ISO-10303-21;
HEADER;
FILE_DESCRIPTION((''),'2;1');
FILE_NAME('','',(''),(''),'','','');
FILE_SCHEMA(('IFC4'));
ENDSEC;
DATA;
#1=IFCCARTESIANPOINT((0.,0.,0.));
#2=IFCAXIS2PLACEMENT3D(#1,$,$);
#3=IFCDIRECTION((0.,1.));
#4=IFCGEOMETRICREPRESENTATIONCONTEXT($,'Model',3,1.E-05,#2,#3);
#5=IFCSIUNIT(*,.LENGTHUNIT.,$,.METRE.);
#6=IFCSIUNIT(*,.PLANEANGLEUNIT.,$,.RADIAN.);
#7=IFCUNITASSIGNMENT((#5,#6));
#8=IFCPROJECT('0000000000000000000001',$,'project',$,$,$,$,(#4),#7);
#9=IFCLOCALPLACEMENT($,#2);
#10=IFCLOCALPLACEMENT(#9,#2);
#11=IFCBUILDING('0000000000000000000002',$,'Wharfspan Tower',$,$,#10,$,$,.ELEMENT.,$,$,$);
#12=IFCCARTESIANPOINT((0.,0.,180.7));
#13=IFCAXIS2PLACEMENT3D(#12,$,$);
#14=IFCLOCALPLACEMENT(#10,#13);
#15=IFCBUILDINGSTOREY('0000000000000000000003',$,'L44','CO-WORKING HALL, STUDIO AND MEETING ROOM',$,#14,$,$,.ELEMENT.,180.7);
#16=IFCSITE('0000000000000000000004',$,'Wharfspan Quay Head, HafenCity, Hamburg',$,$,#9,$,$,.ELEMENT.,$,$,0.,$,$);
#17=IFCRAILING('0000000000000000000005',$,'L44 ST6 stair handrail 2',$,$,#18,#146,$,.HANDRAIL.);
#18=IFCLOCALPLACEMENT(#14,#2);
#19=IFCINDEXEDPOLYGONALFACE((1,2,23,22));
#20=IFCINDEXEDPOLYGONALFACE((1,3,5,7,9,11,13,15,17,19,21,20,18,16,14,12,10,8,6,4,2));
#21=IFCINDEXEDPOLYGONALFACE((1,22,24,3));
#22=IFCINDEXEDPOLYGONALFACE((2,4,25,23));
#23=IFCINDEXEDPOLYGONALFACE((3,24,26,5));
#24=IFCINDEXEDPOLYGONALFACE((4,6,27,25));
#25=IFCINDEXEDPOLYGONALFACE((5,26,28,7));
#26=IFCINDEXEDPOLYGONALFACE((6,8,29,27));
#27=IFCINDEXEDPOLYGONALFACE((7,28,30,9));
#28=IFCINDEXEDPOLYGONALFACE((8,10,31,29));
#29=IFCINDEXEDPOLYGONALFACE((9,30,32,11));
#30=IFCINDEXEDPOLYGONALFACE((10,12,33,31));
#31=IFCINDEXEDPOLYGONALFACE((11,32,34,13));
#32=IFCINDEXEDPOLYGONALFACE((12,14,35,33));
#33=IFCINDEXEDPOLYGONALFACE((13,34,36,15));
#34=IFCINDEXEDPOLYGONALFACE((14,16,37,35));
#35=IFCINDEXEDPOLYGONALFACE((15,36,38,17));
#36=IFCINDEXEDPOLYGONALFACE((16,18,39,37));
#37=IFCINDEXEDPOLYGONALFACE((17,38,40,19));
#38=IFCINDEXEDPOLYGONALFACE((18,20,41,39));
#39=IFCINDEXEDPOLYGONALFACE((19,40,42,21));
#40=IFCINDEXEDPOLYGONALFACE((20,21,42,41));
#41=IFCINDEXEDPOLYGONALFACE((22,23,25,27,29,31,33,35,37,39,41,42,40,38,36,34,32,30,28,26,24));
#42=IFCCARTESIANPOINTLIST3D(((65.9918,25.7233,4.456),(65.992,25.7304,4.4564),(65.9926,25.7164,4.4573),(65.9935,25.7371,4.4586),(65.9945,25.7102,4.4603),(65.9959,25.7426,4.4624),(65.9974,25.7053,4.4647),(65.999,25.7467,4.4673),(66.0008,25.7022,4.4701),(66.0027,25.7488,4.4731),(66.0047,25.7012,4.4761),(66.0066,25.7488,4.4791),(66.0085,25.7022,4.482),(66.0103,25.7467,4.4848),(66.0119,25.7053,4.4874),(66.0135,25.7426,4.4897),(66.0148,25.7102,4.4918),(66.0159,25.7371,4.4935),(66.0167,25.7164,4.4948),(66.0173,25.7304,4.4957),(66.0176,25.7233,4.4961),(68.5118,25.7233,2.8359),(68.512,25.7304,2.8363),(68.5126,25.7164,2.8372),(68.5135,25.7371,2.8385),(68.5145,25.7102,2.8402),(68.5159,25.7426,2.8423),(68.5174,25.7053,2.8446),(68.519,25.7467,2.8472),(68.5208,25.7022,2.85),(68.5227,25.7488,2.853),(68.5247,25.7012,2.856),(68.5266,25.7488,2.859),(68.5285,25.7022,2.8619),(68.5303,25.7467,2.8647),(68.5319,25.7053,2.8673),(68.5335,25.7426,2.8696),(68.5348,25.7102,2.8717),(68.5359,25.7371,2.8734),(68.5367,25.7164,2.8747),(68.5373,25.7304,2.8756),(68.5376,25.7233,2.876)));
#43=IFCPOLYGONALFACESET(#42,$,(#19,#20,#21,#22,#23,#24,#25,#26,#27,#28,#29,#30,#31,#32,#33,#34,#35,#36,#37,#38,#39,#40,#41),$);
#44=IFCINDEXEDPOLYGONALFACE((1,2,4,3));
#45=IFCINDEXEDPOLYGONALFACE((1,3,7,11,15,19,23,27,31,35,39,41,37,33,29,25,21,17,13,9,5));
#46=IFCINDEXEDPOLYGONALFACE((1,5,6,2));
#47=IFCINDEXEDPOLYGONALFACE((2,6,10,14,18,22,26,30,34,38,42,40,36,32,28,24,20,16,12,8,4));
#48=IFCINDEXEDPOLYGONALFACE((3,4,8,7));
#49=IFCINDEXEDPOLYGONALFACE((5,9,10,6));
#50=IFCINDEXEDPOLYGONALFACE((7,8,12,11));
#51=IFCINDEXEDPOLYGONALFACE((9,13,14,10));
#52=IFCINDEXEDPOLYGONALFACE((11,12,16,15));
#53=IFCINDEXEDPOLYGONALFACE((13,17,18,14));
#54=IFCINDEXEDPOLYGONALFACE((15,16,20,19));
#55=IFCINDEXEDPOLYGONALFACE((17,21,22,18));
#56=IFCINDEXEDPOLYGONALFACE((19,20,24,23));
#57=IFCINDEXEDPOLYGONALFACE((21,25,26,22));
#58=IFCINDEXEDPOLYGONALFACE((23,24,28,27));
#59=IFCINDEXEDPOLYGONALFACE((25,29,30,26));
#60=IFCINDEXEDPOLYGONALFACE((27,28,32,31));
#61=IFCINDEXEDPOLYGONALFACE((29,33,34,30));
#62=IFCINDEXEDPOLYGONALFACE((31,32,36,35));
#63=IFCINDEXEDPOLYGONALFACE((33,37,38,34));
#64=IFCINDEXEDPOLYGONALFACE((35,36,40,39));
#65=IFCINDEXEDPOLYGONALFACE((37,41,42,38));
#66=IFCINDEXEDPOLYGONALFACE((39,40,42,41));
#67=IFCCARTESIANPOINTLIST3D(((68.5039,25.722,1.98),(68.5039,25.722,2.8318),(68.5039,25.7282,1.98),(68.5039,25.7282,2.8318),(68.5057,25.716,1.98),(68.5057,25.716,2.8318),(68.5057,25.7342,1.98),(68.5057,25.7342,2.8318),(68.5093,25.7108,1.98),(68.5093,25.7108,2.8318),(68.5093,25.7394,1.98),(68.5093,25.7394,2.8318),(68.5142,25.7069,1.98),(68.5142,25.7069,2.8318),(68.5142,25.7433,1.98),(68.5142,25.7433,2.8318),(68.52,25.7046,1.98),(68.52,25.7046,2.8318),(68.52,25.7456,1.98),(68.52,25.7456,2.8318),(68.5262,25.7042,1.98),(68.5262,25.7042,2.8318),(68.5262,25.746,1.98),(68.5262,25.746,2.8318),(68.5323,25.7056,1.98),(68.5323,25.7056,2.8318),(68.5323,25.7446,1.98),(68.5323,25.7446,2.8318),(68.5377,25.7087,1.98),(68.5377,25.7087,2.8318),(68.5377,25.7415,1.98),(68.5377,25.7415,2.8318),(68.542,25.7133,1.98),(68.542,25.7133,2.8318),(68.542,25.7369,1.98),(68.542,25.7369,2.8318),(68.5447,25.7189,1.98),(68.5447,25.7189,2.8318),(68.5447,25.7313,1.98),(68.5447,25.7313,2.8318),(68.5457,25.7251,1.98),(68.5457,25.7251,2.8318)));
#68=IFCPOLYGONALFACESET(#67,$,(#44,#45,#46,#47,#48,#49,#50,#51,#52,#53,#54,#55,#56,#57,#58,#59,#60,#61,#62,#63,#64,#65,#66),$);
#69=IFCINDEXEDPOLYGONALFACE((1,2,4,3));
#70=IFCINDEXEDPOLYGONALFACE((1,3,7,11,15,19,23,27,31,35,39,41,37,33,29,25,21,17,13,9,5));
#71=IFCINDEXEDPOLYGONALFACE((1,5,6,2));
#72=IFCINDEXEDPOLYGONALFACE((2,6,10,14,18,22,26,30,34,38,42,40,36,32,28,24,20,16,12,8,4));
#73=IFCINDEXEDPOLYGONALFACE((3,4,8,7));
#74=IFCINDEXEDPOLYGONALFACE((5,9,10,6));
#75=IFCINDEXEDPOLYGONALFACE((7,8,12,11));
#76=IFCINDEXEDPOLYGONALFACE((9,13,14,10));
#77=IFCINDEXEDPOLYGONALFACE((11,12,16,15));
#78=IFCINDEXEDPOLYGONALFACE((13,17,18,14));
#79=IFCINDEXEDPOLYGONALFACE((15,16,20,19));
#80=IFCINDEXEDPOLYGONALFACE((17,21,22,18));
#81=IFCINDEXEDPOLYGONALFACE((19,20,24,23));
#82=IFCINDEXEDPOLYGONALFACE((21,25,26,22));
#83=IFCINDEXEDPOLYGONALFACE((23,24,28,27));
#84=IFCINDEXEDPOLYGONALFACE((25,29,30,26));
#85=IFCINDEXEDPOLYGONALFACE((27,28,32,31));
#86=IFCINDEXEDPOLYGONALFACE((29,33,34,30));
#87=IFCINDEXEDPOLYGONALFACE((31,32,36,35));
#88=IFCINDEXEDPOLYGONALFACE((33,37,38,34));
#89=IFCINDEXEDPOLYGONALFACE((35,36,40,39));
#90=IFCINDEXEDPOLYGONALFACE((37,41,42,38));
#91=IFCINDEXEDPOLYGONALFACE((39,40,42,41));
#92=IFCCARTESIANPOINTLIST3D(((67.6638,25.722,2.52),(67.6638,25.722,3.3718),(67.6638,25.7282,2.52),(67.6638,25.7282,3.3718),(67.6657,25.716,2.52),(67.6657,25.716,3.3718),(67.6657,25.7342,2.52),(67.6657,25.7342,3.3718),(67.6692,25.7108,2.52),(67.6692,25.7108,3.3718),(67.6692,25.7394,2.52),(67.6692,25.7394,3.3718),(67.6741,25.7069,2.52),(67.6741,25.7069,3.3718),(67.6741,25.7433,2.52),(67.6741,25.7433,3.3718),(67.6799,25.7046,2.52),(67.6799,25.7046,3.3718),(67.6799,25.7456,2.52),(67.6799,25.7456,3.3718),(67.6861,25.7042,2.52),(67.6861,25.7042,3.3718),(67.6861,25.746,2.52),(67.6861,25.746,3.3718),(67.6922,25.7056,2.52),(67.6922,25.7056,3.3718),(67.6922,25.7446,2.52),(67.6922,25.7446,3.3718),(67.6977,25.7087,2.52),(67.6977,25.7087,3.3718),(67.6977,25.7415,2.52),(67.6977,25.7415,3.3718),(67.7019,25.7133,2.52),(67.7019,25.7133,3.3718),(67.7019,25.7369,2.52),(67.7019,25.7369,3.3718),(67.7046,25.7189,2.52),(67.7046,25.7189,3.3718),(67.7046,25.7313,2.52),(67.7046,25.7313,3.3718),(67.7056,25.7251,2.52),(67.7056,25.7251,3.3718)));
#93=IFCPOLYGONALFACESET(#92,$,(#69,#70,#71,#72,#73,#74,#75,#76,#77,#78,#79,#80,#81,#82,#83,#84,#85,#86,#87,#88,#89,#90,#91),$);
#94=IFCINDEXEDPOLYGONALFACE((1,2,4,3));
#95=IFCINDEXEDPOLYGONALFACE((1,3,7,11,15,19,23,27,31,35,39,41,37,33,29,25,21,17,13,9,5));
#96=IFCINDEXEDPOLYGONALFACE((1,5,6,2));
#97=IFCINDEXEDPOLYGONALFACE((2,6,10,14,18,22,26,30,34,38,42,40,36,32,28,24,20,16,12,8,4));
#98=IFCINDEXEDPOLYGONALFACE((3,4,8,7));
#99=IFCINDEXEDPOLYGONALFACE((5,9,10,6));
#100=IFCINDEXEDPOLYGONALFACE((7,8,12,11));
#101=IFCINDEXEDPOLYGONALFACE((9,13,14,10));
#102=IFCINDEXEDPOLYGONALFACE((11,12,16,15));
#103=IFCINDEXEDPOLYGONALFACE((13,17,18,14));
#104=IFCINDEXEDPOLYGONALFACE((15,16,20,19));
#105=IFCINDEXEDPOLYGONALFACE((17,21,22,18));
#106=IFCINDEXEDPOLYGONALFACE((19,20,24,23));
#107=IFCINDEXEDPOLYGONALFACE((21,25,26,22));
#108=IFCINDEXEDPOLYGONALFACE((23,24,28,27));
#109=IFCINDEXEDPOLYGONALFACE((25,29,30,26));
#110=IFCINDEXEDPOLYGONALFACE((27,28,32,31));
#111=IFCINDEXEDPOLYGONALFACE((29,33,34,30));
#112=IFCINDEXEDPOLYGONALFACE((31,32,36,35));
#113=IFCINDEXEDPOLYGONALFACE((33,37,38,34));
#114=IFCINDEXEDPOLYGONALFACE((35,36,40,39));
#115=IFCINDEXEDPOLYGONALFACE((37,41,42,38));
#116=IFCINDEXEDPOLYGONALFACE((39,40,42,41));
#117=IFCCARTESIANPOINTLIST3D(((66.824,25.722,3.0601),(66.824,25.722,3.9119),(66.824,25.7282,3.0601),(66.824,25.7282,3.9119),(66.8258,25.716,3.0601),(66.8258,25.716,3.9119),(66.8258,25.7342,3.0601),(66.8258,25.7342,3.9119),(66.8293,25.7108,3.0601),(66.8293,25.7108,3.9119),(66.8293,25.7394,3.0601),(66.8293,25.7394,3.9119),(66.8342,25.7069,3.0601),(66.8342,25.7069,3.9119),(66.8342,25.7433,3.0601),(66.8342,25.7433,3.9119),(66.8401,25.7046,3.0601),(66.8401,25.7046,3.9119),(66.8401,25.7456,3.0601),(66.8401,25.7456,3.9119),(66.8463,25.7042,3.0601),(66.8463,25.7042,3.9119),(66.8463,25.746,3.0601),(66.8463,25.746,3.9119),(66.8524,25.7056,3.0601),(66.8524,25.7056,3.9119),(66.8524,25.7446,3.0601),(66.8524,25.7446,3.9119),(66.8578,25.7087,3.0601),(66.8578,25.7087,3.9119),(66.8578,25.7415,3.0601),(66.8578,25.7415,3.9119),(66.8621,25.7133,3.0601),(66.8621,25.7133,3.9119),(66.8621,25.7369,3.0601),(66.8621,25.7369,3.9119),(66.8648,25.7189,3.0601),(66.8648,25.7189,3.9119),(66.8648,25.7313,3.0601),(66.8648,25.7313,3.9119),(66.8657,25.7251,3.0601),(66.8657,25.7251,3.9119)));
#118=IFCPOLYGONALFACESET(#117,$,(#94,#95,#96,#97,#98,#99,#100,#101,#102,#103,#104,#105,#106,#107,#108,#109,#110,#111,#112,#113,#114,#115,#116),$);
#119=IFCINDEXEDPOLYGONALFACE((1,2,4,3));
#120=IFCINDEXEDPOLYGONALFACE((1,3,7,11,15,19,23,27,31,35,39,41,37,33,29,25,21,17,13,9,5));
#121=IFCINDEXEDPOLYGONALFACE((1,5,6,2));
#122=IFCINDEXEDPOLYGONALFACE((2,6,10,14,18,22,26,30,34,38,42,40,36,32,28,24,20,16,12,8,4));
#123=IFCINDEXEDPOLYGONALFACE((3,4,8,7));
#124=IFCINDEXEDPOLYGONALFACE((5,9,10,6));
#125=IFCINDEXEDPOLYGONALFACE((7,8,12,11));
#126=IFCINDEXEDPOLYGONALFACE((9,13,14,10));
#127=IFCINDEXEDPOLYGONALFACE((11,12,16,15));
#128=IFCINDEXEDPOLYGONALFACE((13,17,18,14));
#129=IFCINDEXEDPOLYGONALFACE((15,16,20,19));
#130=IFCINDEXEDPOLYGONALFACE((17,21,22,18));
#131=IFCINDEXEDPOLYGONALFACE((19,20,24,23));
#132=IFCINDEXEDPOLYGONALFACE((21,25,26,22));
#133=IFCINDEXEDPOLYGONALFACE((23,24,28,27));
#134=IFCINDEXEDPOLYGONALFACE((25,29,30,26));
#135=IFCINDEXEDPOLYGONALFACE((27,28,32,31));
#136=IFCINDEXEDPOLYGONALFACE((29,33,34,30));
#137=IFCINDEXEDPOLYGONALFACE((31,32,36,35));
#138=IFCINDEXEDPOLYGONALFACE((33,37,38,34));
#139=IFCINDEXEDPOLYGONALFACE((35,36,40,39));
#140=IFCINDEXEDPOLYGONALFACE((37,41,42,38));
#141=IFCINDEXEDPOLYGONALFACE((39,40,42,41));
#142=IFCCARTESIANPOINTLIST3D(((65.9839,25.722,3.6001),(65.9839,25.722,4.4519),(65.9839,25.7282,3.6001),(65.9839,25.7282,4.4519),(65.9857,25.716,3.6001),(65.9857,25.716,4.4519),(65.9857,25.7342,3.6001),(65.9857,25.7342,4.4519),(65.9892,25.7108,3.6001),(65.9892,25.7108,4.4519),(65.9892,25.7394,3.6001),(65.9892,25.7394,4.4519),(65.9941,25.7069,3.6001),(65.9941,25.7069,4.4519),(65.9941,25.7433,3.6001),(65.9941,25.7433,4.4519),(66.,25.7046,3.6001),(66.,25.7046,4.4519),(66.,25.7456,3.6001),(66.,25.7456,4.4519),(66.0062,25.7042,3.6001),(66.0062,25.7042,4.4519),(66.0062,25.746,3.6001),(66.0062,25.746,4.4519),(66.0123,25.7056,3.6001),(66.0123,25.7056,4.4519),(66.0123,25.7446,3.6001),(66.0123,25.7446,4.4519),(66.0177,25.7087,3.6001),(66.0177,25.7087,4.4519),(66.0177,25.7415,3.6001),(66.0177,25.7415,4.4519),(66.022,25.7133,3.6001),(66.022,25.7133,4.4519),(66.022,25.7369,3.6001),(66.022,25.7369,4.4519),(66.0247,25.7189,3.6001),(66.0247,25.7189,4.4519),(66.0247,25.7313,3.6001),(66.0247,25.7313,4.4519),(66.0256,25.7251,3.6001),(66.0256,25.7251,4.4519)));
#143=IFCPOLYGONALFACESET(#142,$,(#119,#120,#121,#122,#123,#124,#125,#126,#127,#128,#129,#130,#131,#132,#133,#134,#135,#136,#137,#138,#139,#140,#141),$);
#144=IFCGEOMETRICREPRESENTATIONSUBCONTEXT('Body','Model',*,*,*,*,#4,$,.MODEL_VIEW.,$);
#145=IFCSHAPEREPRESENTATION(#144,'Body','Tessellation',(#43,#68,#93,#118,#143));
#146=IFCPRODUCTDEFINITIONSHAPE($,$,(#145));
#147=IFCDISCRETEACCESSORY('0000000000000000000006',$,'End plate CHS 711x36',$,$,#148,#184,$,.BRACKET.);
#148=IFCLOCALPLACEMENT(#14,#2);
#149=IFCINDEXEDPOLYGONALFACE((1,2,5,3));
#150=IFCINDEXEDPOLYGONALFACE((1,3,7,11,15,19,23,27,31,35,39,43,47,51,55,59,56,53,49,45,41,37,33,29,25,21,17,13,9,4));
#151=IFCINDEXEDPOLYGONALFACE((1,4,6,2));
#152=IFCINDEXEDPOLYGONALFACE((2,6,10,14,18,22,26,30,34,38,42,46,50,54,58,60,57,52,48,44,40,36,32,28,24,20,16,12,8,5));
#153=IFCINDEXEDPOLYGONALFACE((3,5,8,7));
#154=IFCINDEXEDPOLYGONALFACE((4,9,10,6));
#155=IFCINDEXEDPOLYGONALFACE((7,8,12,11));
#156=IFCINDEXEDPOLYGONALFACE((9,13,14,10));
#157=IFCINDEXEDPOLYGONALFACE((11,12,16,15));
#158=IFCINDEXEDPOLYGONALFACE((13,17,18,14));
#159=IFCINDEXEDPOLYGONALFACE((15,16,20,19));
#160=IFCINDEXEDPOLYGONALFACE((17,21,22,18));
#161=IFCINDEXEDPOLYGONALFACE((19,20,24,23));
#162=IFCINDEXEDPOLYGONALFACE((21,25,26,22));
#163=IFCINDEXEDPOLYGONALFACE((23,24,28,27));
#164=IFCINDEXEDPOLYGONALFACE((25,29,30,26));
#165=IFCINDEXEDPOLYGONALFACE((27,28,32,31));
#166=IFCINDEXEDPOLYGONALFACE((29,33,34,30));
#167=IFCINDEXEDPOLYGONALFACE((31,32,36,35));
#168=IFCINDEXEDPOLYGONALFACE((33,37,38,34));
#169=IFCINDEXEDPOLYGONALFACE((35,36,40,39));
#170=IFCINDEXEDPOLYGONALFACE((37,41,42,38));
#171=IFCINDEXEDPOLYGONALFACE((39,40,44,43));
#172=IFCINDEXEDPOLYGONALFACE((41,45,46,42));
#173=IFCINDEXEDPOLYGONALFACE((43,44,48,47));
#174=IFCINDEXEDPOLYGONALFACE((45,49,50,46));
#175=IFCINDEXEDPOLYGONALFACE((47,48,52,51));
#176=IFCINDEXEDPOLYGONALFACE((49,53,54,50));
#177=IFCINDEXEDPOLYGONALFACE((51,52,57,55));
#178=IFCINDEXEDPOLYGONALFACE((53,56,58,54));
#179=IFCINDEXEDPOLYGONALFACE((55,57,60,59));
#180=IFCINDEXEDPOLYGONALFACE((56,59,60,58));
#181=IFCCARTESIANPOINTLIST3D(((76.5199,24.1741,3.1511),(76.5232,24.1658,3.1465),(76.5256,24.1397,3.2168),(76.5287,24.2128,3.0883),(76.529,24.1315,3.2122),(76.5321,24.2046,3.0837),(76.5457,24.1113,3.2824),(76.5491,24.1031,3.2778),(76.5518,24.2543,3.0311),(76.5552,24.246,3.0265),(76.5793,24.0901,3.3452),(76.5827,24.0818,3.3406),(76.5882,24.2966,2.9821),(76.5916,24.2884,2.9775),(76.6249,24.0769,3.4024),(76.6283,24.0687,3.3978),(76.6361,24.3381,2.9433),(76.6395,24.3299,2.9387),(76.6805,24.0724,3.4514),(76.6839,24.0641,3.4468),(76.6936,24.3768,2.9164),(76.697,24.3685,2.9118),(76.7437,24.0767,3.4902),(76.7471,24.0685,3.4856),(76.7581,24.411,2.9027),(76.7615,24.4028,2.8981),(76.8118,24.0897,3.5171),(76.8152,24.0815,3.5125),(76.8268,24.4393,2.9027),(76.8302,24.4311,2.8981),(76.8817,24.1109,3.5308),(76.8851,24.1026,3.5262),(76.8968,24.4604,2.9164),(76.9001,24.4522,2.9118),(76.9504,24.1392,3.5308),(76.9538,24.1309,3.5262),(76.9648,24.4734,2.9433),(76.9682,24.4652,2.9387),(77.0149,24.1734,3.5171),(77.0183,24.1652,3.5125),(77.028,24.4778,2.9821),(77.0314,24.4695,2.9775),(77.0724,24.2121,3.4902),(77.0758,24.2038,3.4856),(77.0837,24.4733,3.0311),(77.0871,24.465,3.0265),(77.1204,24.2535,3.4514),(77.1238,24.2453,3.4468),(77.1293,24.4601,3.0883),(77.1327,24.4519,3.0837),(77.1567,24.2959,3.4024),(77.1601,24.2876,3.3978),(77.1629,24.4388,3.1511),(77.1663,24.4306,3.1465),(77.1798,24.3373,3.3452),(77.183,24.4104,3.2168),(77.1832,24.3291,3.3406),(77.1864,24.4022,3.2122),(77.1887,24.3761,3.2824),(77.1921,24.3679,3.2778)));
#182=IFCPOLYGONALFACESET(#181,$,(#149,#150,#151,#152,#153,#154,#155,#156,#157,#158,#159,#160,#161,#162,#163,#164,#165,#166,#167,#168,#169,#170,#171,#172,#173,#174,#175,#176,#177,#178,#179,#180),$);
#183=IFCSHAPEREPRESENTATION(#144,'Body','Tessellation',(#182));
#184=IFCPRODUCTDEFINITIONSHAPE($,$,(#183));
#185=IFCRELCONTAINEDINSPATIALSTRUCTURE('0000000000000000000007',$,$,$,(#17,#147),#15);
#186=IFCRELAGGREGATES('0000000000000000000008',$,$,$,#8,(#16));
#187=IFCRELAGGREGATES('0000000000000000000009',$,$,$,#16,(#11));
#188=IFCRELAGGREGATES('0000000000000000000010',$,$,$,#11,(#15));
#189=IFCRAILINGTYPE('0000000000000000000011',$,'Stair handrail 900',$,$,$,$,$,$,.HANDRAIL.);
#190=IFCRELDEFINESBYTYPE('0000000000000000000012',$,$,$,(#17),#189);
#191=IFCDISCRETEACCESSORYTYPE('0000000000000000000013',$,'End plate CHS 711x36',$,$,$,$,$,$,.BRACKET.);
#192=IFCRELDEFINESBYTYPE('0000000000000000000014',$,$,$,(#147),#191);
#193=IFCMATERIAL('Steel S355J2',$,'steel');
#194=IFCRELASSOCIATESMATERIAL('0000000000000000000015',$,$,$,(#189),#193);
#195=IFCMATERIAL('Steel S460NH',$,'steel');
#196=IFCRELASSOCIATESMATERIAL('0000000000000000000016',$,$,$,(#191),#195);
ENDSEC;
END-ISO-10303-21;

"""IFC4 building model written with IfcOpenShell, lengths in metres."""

from ifc_helpers import new_model, si_unit, direction, frame, origin, origin_2d, place, context, subcontext, project, spatial, circle, extrude, material, material_profile, profile_set, type_object, element, save


model = new_model("IFC4")

# Units and contexts
model_context = context("Model", 3, precision=1e-05, world=origin(), true_north=direction((0.0, 1.0)))
body_context = subcontext(model_context, "Body", "Model", "MODEL_VIEW")
ifc_project = project(units=[si_unit("LENGTHUNIT", "METRE"), si_unit("PLANEANGLEUNIT", "RADIAN")], contexts=[model_context])

# Site, building, storey
site_placement = place(None, origin())
site = spatial("IfcSite", under=ifc_project, at=site_placement, Name="Wharfspan Quay Head, HafenCity, Hamburg", CompositionType="ELEMENT", RefElevation=0.0)
building_placement = place(site_placement, origin())
building = spatial("IfcBuilding", under=site, at=building_placement, Name="Wharfspan Tower", CompositionType="ELEMENT")
storey_placement = place(building_placement, frame((0.0, 0.0, 180.7)))
storey = spatial("IfcBuildingStorey", under=building, at=storey_placement, Name="L44", Description="CO-WORKING HALL, STUDIO AND MEETING ROOM", CompositionType="ELEMENT", Elevation=180.7)

# Shared definitions
ifc_material_1 = material(Name="Steel S355J2", Category="steel")

# Shared definitions
ifc_material_2 = material(Name="Steel S460NH", Category="steel")

# Railing
railing_type_1 = type_object("IfcRailingType", Name="Stair handrail 900", PredefinedType="HANDRAIL", material=ifc_material_1)
railing_1_placement = place(storey_placement, frame((68.5247, 25.7251, 1.98)))
element("IfcRailing", 1, at=railing_1_placement, inside=storey, type_object=railing_type_1, Name="L44 ST6 stair handrail 2", PredefinedType="HANDRAIL", context=body_context, shape_type="SweptSolid", body=[
    extrude(circle(Radius=0.0239, at=origin_2d()), frame((0.0, 0.0, 0.876), z_axis=(-0.841163, 0.0, 0.540782), x_axis=(0.0, -1.0, 0.0)), (0.0, 0.0, 1.0), 2.9958),
    extrude(circle(Radius=0.021, at=origin_2d()), origin(), (0.0, 0.0, 1.0), 0.8518),
    extrude(circle(Radius=0.021, at=origin_2d()), frame((-0.8401, 0.0, 0.54)), (0.0, 0.0, 1.0), 0.8518),
    extrude(circle(Radius=0.021, at=origin_2d()), frame((-1.6799, 0.0, 1.0801)), (0.0, 0.0, 1.0), 0.8518),
    extrude(circle(Radius=0.021, at=origin_2d()), frame((-2.52, 0.0, 1.6201)), (0.0, 0.0, 1.0), 0.8518),
])

# Discrete accessory
ifc_material_profile_1 = material_profile(ifc_material_2, circle(Radius=0.3555, at=origin_2d()))
ifc_profile_set_1 = profile_set([ifc_material_profile_1], Name="Steel S460NH")
discrete_accessory_type = type_object("IfcDiscreteAccessoryType", Name="End plate CHS 711x36", PredefinedType="BRACKET", material=ifc_profile_set_1)
for number, where, z_axis, x_axis, name in (
    (2, (76.8577, 24.2668, 3.2122), (-0.338259, 0.821486, 0.459066), (-0.924676, -0.380749, 0.0), "End plate CHS 711x36"),
):
    element("IfcDiscreteAccessory", number, at=place(storey_placement, frame(where, z_axis=z_axis, x_axis=x_axis)), inside=storey, type_object=discrete_accessory_type, Name=name, PredefinedType="BRACKET", context=body_context, shape_type="SweptSolid", body=[
        extrude(circle(Radius=0.3555, at=origin_2d()), origin(), (0.0, 0.0, 1.0), 0.01),
    ])

save(model, "model.ifc")
